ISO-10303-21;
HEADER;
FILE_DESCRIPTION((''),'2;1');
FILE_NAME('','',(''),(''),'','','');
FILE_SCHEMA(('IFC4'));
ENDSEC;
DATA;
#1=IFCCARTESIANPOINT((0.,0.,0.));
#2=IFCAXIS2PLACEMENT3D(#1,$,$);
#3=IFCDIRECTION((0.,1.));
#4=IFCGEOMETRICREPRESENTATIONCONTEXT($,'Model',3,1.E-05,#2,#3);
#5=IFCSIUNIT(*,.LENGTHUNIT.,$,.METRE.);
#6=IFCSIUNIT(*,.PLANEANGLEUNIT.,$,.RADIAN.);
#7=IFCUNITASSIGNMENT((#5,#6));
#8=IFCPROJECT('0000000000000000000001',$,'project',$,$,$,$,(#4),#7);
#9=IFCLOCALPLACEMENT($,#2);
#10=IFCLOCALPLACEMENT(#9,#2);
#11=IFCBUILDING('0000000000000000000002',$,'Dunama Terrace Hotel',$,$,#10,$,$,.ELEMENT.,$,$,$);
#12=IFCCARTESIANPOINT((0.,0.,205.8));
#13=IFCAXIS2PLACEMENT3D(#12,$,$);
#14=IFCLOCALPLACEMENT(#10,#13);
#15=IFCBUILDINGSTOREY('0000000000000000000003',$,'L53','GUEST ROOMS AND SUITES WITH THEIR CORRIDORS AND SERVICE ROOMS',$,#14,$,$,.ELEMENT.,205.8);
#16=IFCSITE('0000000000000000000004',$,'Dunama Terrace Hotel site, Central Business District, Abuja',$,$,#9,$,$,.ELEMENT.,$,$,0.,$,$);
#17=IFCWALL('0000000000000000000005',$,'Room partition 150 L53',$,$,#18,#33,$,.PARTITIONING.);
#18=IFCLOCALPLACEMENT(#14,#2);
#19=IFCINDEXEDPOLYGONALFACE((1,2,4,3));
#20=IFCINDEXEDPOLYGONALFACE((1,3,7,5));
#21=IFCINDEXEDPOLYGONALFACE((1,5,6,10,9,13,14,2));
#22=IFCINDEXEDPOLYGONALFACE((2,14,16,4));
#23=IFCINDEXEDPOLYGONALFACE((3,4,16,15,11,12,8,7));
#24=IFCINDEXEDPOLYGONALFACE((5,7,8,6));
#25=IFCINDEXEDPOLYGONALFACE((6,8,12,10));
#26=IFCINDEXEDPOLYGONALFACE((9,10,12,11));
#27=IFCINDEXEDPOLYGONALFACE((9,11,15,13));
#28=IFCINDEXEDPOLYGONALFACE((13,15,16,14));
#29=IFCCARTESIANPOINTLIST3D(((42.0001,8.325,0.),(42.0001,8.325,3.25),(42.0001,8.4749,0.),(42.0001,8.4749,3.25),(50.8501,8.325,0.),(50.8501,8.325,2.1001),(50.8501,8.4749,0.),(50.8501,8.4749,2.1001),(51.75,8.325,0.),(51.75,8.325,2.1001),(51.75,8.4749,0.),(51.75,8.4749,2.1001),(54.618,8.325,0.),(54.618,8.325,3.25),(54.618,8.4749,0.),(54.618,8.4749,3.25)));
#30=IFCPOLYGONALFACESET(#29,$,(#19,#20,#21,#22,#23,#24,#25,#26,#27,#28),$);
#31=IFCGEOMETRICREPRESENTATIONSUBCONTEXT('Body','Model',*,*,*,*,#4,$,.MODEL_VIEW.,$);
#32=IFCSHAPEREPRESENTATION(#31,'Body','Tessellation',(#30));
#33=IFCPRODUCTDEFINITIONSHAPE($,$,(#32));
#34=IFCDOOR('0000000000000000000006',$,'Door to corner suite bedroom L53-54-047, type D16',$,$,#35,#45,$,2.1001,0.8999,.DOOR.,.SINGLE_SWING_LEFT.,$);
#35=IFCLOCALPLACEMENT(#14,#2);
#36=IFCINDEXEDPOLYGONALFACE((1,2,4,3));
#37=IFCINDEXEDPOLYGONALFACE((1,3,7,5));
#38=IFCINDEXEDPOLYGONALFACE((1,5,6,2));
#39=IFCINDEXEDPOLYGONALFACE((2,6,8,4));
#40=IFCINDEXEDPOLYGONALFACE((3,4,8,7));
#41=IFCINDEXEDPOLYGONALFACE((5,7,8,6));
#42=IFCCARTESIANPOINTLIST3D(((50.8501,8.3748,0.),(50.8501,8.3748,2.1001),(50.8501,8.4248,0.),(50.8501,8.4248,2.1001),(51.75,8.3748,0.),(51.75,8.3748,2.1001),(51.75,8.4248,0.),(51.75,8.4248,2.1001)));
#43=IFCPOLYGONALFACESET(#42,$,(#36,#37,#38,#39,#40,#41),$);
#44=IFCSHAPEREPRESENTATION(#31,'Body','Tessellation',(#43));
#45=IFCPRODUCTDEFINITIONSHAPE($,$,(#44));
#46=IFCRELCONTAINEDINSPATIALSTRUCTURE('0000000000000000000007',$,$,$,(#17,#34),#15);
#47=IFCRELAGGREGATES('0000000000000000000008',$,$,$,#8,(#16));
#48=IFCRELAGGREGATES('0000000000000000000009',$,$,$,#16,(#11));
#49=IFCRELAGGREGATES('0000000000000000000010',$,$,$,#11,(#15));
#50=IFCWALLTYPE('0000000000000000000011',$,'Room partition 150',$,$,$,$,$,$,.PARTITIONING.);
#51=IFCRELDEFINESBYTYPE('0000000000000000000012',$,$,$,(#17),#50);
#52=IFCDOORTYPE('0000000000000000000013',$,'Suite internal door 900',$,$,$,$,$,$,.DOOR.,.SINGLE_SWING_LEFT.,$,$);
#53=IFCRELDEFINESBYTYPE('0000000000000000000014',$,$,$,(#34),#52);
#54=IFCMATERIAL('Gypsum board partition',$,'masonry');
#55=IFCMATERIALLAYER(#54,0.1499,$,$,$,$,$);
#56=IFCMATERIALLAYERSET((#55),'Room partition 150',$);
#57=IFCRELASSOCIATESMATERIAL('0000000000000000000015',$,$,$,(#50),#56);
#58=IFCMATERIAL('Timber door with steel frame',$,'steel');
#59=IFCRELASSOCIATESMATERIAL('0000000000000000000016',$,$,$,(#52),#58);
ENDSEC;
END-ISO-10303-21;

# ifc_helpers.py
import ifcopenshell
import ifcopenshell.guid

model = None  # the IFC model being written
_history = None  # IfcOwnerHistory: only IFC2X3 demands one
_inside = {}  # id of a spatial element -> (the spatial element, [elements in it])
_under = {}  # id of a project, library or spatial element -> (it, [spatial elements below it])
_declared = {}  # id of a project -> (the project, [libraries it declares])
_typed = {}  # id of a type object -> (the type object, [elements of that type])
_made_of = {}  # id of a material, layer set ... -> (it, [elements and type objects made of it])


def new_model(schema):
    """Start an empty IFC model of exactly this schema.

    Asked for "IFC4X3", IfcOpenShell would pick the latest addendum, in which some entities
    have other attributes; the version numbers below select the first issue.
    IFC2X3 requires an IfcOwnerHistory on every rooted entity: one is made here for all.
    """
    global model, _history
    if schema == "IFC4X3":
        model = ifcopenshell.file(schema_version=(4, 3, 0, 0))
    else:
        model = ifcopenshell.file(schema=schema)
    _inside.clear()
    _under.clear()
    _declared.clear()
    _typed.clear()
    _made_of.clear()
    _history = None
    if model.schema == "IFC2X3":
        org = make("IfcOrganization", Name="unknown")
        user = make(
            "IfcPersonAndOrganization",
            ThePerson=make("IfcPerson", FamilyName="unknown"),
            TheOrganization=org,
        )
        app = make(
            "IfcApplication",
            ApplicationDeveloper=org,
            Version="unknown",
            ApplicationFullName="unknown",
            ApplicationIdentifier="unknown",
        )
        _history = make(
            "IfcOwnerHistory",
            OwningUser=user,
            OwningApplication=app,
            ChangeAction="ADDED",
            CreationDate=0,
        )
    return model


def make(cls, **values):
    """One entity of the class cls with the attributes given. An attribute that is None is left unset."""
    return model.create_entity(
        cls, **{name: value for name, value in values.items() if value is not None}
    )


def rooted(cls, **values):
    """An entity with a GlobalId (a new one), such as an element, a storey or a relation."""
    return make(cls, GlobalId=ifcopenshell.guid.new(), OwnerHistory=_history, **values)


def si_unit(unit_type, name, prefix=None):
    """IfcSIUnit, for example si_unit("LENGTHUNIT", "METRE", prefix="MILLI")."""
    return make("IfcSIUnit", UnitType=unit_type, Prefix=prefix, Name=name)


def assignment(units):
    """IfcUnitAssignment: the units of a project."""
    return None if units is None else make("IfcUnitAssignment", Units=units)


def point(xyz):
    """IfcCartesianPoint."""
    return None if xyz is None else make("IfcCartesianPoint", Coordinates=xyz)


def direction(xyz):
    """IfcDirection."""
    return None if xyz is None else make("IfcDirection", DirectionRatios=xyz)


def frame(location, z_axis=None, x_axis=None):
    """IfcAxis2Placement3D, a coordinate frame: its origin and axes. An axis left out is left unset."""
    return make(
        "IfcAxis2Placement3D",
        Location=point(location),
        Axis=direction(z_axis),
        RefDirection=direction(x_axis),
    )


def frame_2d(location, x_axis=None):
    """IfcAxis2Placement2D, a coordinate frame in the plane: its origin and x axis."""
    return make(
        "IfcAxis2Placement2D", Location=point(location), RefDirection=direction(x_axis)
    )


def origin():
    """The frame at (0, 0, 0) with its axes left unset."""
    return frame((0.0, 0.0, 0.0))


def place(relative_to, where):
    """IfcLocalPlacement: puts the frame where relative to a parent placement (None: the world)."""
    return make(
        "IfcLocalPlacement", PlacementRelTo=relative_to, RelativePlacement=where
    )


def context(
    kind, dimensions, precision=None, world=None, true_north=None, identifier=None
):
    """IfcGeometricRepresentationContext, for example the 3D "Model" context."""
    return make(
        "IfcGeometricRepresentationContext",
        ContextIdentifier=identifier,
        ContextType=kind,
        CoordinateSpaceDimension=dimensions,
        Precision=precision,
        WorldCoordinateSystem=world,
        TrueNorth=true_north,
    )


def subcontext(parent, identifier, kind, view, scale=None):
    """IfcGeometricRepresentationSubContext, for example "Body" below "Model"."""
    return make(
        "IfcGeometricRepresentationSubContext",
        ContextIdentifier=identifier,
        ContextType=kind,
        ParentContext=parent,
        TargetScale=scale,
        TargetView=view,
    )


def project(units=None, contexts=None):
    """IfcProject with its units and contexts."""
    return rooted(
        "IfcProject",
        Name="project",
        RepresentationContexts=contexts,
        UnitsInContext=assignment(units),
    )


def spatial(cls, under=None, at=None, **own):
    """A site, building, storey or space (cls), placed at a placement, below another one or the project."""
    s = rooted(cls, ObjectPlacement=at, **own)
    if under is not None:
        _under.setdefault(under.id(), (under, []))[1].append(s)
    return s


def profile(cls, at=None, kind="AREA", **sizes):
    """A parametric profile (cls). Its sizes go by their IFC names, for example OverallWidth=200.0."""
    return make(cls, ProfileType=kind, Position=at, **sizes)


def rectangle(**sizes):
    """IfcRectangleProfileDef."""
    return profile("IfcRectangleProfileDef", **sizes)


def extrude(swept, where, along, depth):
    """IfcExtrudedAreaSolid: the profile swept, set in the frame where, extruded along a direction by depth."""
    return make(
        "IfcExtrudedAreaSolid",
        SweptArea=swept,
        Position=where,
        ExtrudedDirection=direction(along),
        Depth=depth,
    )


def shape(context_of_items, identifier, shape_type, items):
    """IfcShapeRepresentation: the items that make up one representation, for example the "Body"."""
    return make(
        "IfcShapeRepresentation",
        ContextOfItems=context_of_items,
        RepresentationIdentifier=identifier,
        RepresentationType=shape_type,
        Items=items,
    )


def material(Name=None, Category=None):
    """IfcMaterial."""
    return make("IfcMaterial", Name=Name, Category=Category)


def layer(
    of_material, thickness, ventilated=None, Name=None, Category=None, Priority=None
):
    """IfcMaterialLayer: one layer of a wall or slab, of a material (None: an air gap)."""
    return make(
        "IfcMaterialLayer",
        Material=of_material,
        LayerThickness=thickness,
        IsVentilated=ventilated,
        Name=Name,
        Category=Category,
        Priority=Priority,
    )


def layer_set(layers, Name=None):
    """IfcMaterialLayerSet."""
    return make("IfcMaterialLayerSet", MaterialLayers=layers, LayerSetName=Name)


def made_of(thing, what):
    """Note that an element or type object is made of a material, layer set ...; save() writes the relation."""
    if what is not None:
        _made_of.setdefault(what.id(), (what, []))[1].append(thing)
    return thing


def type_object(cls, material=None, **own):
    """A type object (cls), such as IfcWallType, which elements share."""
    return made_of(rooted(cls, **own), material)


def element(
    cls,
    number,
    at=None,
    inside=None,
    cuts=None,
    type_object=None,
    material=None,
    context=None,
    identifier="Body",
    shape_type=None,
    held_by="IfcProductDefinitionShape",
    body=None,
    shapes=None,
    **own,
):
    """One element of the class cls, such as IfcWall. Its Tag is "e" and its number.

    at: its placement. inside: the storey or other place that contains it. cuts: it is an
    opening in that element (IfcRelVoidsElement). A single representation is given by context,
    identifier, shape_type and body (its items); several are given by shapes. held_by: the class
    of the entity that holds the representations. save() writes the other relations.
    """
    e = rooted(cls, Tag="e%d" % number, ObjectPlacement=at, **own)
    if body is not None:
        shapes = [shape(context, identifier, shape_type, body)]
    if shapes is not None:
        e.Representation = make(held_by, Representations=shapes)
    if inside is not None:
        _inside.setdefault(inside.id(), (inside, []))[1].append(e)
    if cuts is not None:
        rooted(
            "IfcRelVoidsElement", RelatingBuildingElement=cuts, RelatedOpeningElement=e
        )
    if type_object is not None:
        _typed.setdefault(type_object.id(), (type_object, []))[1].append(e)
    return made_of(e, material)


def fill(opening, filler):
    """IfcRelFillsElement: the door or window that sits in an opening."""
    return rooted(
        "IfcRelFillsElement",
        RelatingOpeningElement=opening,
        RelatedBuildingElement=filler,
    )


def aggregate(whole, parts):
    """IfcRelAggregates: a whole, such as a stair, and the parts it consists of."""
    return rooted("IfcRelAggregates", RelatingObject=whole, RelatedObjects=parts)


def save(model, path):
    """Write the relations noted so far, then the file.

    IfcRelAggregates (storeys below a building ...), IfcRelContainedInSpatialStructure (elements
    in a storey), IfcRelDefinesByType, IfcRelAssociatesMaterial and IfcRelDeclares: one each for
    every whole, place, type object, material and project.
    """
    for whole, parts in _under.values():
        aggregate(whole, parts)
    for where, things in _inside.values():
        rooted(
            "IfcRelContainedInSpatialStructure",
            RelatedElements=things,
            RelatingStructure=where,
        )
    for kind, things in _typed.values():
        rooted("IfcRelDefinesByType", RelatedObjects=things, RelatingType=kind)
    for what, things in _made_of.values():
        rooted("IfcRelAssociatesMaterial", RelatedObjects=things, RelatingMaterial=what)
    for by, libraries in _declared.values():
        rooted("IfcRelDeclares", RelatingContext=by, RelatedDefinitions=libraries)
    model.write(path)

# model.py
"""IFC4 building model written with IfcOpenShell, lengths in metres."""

from ifc_helpers import new_model, si_unit, direction, frame, frame_2d, origin, place, context, subcontext, project, spatial, rectangle, extrude, material, layer, layer_set, type_object, element, fill, save


model = new_model("IFC4")

# Units and contexts
model_context = context("Model", 3, precision=1e-05, world=origin(), true_north=direction((0.0, 1.0)))
body_context = subcontext(model_context, "Body", "Model", "MODEL_VIEW")
ifc_project = project(units=[si_unit("LENGTHUNIT", "METRE"), si_unit("PLANEANGLEUNIT", "RADIAN")], contexts=[model_context])

# Site, building, storey
site_placement = place(None, origin())
site = spatial("IfcSite", under=ifc_project, at=site_placement, Name="Dunama Terrace Hotel site, Central Business District, Abuja", CompositionType="ELEMENT", RefElevation=0.0)
building_placement = place(site_placement, origin())
building = spatial("IfcBuilding", under=site, at=building_placement, Name="Dunama Terrace Hotel", CompositionType="ELEMENT")
storey_placement = place(building_placement, frame((0.0, 0.0, 205.8)))
storey = spatial("IfcBuildingStorey", under=building, at=storey_placement, Name="L53", Description="GUEST ROOMS AND SUITES WITH THEIR CORRIDORS AND SERVICE ROOMS", CompositionType="ELEMENT", Elevation=205.8)

# Wall, opening, door
ifc_material_1 = material(Name="Gypsum board partition", Category="masonry")
ifc_layer_1 = layer(ifc_material_1, 0.1499)
ifc_layer_set_1 = layer_set([ifc_layer_1], Name="Room partition 150")
wall_type_1 = type_object("IfcWallType", Name="Room partition 150", PredefinedType="PARTITIONING", material=ifc_layer_set_1)
wall_1_placement = place(storey_placement, frame((42.0, 8.3999, 0.0), z_axis=(0.0, 0.0, 1.0), x_axis=(1.0, 0.0, 0.0)))
wall_1 = element("IfcWall", 1, at=wall_1_placement, inside=storey, type_object=wall_type_1, Name="Room partition 150 L53", PredefinedType="PARTITIONING", context=body_context, shape_type="SweptSolid", body=[
    extrude(rectangle(XDim=12.6179, YDim=0.1499, at=frame_2d((6.3091, 0.0))), origin(), (0.0, 0.0, 1.0), 3.25),
])
opening_1_placement = place(wall_1_placement, frame((8.8501, 0.0, 0.0)))
opening_1 = element("IfcOpeningElement", 2, at=opening_1_placement, cuts=wall_1, PredefinedType="OPENING", context=body_context, shape_type="SweptSolid", body=[
    extrude(rectangle(XDim=0.8999, YDim=2.1001, at=frame_2d((0.45, 1.05))), frame((0.0, 0.085, 0.0), z_axis=(0.0, -1.0, 0.0), x_axis=(1.0, 0.0, 0.0)), (0.0, 0.0, 1.0), 0.1699),
])
ifc_material_2 = material(Name="Timber door with steel frame", Category="steel")
door_type_1 = type_object("IfcDoorType", Name="Suite internal door 900", OperationType="SINGLE_SWING_LEFT", PredefinedType="DOOR", material=ifc_material_2)
door_1_placement = place(opening_1_placement, frame((0.8999, 0.0, 0.0), z_axis=(0.0, 0.0, 1.0), x_axis=(-1.0, 0.0, 0.0)))
door_1 = element("IfcDoor", 3, at=door_1_placement, inside=storey, type_object=door_type_1, Name="Door to corner suite bedroom L53-54-047, type D16", OperationType="SINGLE_SWING_LEFT", OverallHeight=2.1001, OverallWidth=0.8999, PredefinedType="DOOR", context=body_context, shape_type="SweptSolid", body=[
    extrude(rectangle(XDim=0.8999, YDim=2.1001, at=frame_2d((0.45, 1.05))), frame((0.0, 0.0251, 0.0), z_axis=(0.0, -1.0, 0.0), x_axis=(1.0, 0.0, 0.0)), (0.0, 0.0, 1.0), 0.05),
])
fill(opening_1, door_1)

save(model, "model.ifc")
